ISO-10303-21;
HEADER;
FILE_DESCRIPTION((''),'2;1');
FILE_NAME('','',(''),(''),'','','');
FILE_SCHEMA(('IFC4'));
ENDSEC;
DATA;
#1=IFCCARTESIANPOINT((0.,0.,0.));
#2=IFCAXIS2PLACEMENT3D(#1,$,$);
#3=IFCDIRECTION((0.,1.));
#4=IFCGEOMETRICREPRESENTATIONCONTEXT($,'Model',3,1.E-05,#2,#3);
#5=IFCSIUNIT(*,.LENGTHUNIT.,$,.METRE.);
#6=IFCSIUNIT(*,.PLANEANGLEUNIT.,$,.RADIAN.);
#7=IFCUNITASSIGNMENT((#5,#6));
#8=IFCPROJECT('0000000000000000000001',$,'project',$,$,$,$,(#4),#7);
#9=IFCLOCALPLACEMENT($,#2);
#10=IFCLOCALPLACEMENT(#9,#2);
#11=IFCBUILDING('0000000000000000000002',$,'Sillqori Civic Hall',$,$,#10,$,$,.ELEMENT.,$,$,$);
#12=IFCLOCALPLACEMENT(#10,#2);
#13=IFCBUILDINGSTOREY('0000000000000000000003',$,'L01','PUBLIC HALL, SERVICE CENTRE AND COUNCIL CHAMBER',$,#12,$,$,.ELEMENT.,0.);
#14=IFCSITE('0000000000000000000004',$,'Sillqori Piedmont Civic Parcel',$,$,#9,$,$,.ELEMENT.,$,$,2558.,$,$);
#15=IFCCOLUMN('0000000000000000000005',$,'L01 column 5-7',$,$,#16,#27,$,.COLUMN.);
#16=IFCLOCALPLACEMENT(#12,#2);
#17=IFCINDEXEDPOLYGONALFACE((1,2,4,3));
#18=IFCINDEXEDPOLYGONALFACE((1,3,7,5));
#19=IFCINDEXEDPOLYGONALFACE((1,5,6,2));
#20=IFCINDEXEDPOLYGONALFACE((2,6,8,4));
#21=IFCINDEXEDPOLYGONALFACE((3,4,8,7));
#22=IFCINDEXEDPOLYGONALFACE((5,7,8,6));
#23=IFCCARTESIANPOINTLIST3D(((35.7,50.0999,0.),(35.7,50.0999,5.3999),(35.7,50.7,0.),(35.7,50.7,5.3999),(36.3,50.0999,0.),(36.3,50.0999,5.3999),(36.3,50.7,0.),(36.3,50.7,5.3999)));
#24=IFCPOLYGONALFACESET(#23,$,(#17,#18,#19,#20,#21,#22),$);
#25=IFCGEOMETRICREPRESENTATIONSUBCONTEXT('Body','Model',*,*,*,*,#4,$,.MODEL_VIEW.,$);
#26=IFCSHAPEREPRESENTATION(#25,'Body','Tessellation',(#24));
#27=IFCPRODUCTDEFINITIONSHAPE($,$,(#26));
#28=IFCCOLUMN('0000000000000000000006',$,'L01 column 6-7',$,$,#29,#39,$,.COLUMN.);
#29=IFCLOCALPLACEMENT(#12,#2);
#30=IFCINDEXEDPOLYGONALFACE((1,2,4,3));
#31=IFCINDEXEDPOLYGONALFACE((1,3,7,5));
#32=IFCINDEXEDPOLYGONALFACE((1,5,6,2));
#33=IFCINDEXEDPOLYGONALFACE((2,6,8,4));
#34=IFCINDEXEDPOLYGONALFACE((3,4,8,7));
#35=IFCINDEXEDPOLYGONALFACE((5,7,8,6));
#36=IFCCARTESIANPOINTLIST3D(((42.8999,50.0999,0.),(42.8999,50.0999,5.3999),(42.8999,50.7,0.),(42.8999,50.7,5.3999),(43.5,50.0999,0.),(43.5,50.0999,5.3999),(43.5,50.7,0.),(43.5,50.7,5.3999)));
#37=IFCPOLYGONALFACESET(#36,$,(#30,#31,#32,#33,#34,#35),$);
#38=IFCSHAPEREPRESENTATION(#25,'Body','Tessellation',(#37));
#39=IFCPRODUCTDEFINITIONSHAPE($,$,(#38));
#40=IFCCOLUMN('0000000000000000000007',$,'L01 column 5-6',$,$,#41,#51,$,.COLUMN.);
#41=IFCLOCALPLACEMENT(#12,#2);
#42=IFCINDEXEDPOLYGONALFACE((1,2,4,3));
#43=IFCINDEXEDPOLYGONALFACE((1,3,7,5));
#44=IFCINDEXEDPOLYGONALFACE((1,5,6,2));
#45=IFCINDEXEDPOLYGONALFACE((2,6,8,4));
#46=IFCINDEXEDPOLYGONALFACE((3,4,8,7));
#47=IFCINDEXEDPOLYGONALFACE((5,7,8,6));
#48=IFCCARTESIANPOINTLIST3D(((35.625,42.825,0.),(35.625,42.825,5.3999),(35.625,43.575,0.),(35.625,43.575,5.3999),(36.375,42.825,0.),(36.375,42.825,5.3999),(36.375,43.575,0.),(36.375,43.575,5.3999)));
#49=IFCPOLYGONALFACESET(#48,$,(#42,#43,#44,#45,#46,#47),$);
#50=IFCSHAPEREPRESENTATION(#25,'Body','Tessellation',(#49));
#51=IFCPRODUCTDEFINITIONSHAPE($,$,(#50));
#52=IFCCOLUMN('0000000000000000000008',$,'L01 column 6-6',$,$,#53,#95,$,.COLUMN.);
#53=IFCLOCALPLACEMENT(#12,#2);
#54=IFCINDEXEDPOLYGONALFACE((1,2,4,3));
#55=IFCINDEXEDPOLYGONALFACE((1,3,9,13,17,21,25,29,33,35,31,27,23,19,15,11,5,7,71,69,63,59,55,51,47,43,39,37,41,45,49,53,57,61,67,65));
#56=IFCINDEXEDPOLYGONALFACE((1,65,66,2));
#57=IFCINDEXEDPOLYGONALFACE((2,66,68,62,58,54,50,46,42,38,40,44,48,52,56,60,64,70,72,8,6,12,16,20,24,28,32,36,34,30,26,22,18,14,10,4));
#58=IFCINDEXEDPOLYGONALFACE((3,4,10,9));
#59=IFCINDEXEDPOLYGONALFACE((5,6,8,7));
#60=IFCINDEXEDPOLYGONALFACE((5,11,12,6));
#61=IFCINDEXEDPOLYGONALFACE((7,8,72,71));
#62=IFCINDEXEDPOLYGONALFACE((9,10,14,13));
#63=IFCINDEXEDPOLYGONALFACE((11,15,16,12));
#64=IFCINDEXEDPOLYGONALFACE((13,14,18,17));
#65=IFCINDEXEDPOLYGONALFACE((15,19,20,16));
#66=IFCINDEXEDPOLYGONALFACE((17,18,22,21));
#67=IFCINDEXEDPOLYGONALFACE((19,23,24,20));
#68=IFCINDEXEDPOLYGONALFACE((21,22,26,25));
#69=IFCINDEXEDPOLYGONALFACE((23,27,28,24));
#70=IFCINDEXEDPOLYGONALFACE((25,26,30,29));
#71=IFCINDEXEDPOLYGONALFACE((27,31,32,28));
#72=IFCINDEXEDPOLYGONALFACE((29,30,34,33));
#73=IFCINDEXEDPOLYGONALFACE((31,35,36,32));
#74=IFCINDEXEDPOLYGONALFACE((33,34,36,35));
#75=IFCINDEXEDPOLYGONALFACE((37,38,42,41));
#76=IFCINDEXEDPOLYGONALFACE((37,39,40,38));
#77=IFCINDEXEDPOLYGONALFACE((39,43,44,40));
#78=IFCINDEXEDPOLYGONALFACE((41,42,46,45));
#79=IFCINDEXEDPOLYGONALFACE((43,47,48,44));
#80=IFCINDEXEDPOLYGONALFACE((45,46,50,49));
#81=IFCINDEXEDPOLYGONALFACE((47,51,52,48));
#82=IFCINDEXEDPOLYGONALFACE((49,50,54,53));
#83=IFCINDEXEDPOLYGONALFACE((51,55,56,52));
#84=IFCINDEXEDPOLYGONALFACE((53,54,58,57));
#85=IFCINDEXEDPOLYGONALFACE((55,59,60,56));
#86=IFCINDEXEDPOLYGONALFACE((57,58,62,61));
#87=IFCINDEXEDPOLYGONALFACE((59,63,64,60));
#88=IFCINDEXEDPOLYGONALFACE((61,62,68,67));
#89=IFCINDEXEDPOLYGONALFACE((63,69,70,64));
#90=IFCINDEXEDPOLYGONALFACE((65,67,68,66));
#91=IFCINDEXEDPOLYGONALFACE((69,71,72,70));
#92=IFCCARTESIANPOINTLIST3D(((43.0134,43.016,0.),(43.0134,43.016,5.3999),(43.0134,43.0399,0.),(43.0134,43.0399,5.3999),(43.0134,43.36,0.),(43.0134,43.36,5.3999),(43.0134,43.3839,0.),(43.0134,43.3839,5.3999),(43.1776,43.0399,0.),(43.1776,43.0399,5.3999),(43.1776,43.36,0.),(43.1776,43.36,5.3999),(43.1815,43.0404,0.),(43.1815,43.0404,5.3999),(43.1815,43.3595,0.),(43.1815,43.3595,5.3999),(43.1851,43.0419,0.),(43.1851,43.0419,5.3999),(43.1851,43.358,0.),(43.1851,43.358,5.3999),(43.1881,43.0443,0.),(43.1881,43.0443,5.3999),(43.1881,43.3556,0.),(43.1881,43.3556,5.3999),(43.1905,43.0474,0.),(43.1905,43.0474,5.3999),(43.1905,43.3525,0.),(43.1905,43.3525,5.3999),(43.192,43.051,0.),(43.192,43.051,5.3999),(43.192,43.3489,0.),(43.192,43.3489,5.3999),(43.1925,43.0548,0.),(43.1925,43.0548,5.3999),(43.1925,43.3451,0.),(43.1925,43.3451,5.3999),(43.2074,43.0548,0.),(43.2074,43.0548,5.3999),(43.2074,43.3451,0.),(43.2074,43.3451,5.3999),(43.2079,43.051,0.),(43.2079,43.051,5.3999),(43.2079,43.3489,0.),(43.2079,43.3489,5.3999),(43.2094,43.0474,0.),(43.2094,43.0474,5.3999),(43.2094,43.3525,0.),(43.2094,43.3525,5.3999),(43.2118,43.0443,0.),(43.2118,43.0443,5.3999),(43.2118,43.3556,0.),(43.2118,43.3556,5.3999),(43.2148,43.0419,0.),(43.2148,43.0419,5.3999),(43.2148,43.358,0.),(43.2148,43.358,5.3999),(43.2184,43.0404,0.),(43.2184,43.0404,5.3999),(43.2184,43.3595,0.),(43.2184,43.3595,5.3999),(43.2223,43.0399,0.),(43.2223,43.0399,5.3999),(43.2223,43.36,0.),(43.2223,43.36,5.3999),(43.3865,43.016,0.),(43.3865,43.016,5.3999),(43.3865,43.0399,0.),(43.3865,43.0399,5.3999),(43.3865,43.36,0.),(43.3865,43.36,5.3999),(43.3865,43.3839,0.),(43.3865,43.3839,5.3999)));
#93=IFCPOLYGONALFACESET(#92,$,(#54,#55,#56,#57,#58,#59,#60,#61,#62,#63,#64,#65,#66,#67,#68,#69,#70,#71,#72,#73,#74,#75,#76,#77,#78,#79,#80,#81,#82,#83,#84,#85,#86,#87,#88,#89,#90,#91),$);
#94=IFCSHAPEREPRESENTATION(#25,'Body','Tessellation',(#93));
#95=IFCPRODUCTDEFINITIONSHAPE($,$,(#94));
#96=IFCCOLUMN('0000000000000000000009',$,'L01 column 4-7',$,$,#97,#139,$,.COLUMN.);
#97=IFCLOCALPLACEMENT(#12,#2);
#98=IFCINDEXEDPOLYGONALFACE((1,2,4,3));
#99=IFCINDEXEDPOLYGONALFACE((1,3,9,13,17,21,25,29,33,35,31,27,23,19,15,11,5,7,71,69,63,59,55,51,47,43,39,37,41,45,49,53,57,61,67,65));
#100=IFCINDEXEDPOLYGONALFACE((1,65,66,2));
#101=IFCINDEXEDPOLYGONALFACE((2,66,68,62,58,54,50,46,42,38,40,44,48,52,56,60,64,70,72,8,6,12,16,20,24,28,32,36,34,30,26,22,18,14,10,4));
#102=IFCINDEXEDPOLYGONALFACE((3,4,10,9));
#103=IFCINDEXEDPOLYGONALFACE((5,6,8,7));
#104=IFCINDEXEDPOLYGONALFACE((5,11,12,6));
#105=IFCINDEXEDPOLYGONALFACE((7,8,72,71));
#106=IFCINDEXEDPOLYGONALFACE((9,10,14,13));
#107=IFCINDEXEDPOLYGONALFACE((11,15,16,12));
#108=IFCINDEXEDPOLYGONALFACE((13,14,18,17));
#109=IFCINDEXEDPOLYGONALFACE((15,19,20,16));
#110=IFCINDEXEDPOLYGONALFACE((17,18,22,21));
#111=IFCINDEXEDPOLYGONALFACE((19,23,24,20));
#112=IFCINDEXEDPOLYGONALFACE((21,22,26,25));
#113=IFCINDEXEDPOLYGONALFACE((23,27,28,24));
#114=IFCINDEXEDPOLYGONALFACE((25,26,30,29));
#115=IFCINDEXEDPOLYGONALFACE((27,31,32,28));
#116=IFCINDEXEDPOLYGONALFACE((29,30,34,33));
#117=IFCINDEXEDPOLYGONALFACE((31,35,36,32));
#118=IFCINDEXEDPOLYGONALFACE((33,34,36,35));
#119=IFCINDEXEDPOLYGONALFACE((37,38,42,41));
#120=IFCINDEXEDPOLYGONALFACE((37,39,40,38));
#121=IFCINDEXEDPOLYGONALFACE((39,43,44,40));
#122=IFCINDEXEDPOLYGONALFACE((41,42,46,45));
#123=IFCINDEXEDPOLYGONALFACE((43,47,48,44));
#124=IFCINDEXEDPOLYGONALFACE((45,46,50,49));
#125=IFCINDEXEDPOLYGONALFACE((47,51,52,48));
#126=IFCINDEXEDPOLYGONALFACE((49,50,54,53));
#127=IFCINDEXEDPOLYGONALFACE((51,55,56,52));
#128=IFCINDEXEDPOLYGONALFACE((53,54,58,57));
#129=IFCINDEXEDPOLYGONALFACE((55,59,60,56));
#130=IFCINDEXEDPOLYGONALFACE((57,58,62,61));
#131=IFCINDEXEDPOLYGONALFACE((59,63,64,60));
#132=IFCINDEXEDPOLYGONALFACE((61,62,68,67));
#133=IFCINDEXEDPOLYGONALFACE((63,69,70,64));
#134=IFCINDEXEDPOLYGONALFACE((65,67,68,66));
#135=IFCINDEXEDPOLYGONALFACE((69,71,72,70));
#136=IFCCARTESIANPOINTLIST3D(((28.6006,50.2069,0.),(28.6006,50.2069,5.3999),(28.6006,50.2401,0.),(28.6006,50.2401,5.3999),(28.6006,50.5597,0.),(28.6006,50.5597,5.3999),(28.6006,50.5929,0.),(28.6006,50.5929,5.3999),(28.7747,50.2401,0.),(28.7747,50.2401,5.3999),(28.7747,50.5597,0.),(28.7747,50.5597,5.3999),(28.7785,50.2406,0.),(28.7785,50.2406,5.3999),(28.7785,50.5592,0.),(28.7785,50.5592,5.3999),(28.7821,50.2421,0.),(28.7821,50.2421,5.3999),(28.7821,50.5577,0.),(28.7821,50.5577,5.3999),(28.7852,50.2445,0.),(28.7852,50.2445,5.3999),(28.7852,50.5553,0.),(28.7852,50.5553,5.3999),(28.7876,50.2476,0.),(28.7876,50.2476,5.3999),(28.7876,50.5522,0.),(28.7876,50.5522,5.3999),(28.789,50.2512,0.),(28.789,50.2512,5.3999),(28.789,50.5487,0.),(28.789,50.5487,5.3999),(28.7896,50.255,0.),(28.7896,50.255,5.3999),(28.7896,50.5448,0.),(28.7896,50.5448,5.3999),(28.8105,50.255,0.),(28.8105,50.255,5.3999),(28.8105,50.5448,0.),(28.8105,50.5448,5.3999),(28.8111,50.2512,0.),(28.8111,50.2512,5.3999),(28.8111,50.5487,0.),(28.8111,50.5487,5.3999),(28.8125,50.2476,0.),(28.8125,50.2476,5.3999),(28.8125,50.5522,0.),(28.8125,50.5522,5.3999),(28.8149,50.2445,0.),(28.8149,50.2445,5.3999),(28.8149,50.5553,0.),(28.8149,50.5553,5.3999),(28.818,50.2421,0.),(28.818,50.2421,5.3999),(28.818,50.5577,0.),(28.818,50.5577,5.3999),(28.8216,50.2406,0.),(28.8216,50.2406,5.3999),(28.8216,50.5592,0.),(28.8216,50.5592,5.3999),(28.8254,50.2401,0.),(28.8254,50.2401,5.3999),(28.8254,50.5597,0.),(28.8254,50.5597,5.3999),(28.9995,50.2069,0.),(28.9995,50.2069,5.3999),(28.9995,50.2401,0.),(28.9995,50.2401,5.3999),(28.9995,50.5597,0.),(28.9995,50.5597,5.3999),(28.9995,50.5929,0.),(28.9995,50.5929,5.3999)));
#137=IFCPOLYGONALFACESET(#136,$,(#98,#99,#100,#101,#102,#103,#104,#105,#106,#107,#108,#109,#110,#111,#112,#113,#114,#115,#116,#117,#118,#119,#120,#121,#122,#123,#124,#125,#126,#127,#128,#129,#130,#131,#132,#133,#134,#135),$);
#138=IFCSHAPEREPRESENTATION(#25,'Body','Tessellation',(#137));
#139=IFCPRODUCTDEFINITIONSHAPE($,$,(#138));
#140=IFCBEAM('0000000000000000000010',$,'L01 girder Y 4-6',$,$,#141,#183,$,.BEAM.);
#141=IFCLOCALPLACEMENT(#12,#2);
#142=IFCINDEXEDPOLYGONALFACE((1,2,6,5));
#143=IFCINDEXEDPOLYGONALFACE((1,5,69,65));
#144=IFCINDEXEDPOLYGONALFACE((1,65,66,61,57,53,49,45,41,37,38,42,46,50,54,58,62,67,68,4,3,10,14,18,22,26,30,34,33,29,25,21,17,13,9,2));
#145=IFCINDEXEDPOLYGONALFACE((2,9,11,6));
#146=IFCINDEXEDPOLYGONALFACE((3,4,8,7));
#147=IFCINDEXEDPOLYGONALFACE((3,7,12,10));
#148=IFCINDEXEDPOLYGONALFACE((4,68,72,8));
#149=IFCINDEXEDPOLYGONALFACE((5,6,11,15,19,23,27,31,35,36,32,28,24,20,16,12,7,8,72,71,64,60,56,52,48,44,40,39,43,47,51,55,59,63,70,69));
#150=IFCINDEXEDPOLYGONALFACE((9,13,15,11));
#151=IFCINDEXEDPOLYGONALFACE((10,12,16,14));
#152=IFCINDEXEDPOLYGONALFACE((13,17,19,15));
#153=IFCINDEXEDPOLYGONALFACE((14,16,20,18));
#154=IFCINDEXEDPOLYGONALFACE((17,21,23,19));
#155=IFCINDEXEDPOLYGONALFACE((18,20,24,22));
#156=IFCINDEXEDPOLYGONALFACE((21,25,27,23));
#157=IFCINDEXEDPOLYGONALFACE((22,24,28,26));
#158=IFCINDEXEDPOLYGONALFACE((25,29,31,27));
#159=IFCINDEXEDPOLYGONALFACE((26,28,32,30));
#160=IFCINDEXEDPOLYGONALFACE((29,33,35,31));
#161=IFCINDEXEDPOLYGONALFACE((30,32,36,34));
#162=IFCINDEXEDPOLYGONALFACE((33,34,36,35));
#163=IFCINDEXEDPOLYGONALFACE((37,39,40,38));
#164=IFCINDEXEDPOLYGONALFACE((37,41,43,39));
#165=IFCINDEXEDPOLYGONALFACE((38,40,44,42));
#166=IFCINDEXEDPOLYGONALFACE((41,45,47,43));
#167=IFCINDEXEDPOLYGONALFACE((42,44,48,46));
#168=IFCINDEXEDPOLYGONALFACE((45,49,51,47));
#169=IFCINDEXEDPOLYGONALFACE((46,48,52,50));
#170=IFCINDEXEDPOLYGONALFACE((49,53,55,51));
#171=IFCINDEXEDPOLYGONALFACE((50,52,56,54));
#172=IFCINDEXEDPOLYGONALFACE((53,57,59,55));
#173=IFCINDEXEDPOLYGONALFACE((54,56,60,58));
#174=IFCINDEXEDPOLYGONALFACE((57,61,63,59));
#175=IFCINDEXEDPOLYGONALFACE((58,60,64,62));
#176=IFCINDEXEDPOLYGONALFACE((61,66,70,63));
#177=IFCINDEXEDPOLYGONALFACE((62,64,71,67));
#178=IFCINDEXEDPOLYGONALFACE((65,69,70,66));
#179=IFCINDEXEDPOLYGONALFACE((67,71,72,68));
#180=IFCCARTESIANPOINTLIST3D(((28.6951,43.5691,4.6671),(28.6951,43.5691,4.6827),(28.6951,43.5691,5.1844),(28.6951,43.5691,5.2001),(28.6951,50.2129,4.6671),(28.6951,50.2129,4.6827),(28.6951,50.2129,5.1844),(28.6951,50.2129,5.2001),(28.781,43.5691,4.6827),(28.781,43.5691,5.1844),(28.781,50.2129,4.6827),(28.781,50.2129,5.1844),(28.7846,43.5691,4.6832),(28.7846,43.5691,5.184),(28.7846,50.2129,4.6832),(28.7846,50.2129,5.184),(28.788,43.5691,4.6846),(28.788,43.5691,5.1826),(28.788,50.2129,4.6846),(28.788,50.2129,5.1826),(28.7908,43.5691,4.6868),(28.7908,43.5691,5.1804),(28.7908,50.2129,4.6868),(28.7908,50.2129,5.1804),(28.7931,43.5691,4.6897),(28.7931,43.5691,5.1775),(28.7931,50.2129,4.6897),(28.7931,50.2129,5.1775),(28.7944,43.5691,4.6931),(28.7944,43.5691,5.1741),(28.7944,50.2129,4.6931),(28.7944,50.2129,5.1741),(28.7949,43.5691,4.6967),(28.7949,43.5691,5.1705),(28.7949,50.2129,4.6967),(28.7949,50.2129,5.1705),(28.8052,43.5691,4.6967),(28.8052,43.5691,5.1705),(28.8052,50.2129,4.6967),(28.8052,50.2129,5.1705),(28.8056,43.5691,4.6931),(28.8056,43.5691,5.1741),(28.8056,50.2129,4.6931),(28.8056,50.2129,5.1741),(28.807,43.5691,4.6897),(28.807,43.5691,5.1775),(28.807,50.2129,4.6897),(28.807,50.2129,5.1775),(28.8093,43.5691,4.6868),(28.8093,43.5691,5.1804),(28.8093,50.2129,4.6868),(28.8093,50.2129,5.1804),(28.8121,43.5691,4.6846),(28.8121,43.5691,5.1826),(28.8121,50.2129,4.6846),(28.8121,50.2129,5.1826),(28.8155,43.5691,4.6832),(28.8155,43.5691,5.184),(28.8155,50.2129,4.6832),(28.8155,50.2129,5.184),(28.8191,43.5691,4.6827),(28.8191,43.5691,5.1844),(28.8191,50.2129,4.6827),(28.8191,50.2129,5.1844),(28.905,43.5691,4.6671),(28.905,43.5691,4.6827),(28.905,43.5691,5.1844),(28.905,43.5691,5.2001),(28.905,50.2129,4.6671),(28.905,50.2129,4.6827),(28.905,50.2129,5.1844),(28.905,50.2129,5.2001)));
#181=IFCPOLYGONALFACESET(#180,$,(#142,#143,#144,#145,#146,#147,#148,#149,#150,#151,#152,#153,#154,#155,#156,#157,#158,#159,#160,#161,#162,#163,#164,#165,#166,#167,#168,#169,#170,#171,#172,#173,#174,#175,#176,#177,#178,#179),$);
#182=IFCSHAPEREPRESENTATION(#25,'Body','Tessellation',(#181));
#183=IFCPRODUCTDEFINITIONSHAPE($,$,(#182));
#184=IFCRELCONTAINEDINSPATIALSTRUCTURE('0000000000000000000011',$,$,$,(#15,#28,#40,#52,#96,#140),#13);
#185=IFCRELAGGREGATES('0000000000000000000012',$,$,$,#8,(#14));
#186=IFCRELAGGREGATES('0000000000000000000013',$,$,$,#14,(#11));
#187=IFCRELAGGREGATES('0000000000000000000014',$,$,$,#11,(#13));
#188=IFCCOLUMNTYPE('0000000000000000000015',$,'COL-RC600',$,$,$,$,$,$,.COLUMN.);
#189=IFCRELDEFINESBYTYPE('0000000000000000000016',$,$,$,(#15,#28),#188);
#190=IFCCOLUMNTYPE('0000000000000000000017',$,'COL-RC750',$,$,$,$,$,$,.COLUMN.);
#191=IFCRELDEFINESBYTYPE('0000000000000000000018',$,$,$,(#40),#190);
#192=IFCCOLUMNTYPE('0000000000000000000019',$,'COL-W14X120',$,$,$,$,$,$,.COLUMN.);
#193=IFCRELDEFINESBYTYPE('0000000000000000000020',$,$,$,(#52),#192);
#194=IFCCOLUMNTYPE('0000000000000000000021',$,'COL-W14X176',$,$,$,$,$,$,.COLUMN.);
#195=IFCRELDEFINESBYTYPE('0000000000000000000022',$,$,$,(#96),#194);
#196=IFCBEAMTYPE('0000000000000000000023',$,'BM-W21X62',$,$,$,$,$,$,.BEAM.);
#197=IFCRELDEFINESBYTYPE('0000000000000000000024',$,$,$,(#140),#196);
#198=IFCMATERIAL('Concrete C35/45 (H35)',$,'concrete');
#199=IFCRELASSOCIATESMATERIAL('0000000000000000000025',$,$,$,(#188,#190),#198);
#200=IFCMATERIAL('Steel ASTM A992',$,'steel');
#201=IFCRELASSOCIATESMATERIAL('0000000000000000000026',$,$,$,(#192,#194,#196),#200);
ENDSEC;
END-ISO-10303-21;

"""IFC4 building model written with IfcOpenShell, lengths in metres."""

from ifc_helpers import new_model, si_unit, direction, frame, origin, origin_2d, place, context, subcontext, project, spatial, rectangle, i_section, extrude, material, material_profile, profile_set, type_object, element, save


model = new_model("IFC4")

# Units and contexts
model_context = context("Model", 3, precision=1e-05, world=origin(), true_north=direction((0.0, 1.0)))
body_context = subcontext(model_context, "Body", "Model", "MODEL_VIEW")
ifc_project = project(units=[si_unit("LENGTHUNIT", "METRE"), si_unit("PLANEANGLEUNIT", "RADIAN")], contexts=[model_context])

# Site, building, storey
site_placement = place(None, origin())
site = spatial("IfcSite", under=ifc_project, at=site_placement, Name="Sillqori Piedmont Civic Parcel", CompositionType="ELEMENT", RefElevation=2558.0)
building_placement = place(site_placement, origin())
building = spatial("IfcBuilding", under=site, at=building_placement, Name="Sillqori Civic Hall", CompositionType="ELEMENT")
storey_placement = place(building_placement, origin())
storey = spatial("IfcBuildingStorey", under=building, at=storey_placement, Name="L01", Description="PUBLIC HALL, SERVICE CENTRE AND COUNCIL CHAMBER", CompositionType="ELEMENT", Elevation=0.0)

# Columns
ifc_material_1 = material(Name="Concrete C35/45 (H35)", Category="concrete")
ifc_material_profile_1 = material_profile(ifc_material_1, rectangle(XDim=0.6001, YDim=0.6001, at=origin_2d()), Name="RC 600x600")
ifc_profile_set_1 = profile_set([ifc_material_profile_1], Name="Concrete C35/45 (H35)")
column_type_1 = type_object("IfcColumnType", Name="COL-RC600", PredefinedType="COLUMN", material=ifc_profile_set_1)
for number, where, z_axis, x_axis, name in (
    (1, (36.0, 50.3999, 0.0), (0.0, 0.0, 1.0), (1.0, 0.0, 0.0), "L01 column 5-7"),
    (2, (43.2, 50.3999, 0.0), (0.0, 0.0, 1.0), (1.0, 0.0, 0.0), "L01 column 6-7"),
):
    element("IfcColumn", number, at=place(storey_placement, frame(where, z_axis=z_axis, x_axis=x_axis)), inside=storey, type_object=column_type_1, Name=name, PredefinedType="COLUMN", context=body_context, shape_type="SweptSolid", body=[
        extrude(rectangle(XDim=0.6001, YDim=0.6001, at=origin_2d()), origin(), (0.0, 0.0, 1.0), 5.3999),
    ])
ifc_material_profile_2 = material_profile(ifc_material_1, rectangle(XDim=0.75, YDim=0.75, at=origin_2d()), Name="RC 750x750")
ifc_profile_set_2 = profile_set([ifc_material_profile_2], Name="Concrete C35/45 (H35)")
column_type_2 = type_object("IfcColumnType", Name="COL-RC750", PredefinedType="COLUMN", material=ifc_profile_set_2)
column_1_placement = place(storey_placement, frame((36.0, 43.2, 0.0), z_axis=(0.0, 0.0, 1.0), x_axis=(1.0, 0.0, 0.0)))
element("IfcColumn", 3, at=column_1_placement, inside=storey, type_object=column_type_2, Name="L01 column 5-6", PredefinedType="COLUMN", context=body_context, shape_type="SweptSolid", body=[
    extrude(rectangle(XDim=0.75, YDim=0.75, at=origin_2d()), origin(), (0.0, 0.0, 1.0), 5.3999),
])
ifc_material_2 = material(Name="Steel ASTM A992", Category="steel")
ifc_material_profile_3 = material_profile(ifc_material_2, i_section(OverallWidth=0.373, OverallDepth=0.3679, WebThickness=0.0149, FlangeThickness=0.0239, FilletRadius=0.0149, at=origin_2d()), Name="W14X120")
ifc_profile_set_3 = profile_set([ifc_material_profile_3], Name="Steel ASTM A992")
column_type_3 = type_object("IfcColumnType", Name="COL-W14X120", PredefinedType="COLUMN", material=ifc_profile_set_3)
column_2_placement = place(storey_placement, frame((43.2, 43.2, 0.0), z_axis=(0.0, 0.0, 1.0), x_axis=(1.0, 0.0, 0.0)))
element("IfcColumn", 4, at=column_2_placement, inside=storey, type_object=column_type_3, Name="L01 column 6-6", PredefinedType="COLUMN", context=body_context, shape_type="SweptSolid", body=[
    extrude(i_section(OverallWidth=0.373, OverallDepth=0.3679, WebThickness=0.0149, FlangeThickness=0.0239, FilletRadius=0.0149, at=origin_2d()), origin(), (0.0, 0.0, 1.0), 5.3999),
])
ifc_material_profile_4 = material_profile(ifc_material_2, i_section(OverallWidth=0.3989, OverallDepth=0.386, WebThickness=0.021, FlangeThickness=0.0332, FilletRadius=0.0149, at=origin_2d()), Name="W14X176")
ifc_profile_set_4 = profile_set([ifc_material_profile_4], Name="Steel ASTM A992")
column_type_4 = type_object("IfcColumnType", Name="COL-W14X176", PredefinedType="COLUMN", material=ifc_profile_set_4)
column_3_placement = place(storey_placement, frame((28.8, 50.3999, 0.0), z_axis=(0.0, 0.0, 1.0), x_axis=(1.0, 0.0, 0.0)))
element("IfcColumn", 5, at=column_3_placement, inside=storey, type_object=column_type_4, Name="L01 column 4-7", PredefinedType="COLUMN", context=body_context, shape_type="SweptSolid", body=[
    extrude(i_section(OverallWidth=0.3989, OverallDepth=0.386, WebThickness=0.021, FlangeThickness=0.0332, FilletRadius=0.0149, at=origin_2d()), origin(), (0.0, 0.0, 1.0), 5.3999),
])

# Beam
ifc_material_profile_5 = material_profile(ifc_material_2, i_section(OverallWidth=0.21, OverallDepth=0.533, WebThickness=0.0103, FlangeThickness=0.0156, FilletRadius=0.0139, at=origin_2d()), Name="W21X62")
ifc_profile_set_5 = profile_set([ifc_material_profile_5], Name="Steel ASTM A992")
beam_type_1 = type_object("IfcBeamType", Name="BM-W21X62", PredefinedType="BEAM", material=ifc_profile_set_5)
beam_1_placement = place(storey_placement, frame((28.8, 43.5691, 4.9336), z_axis=(0.0, 1.0, 0.0), x_axis=(-1.0, 0.0, 0.0)))
element("IfcBeam", 6, at=beam_1_placement, inside=storey, type_object=beam_type_1, Name="L01 girder Y 4-6", PredefinedType="BEAM", context=body_context, shape_type="SweptSolid", body=[
    extrude(i_section(OverallWidth=0.21, OverallDepth=0.533, WebThickness=0.0103, FlangeThickness=0.0156, FilletRadius=0.0139, at=origin_2d()), origin(), (0.0, 0.0, 1.0), 6.6438),
])

save(model, "model.ifc")
